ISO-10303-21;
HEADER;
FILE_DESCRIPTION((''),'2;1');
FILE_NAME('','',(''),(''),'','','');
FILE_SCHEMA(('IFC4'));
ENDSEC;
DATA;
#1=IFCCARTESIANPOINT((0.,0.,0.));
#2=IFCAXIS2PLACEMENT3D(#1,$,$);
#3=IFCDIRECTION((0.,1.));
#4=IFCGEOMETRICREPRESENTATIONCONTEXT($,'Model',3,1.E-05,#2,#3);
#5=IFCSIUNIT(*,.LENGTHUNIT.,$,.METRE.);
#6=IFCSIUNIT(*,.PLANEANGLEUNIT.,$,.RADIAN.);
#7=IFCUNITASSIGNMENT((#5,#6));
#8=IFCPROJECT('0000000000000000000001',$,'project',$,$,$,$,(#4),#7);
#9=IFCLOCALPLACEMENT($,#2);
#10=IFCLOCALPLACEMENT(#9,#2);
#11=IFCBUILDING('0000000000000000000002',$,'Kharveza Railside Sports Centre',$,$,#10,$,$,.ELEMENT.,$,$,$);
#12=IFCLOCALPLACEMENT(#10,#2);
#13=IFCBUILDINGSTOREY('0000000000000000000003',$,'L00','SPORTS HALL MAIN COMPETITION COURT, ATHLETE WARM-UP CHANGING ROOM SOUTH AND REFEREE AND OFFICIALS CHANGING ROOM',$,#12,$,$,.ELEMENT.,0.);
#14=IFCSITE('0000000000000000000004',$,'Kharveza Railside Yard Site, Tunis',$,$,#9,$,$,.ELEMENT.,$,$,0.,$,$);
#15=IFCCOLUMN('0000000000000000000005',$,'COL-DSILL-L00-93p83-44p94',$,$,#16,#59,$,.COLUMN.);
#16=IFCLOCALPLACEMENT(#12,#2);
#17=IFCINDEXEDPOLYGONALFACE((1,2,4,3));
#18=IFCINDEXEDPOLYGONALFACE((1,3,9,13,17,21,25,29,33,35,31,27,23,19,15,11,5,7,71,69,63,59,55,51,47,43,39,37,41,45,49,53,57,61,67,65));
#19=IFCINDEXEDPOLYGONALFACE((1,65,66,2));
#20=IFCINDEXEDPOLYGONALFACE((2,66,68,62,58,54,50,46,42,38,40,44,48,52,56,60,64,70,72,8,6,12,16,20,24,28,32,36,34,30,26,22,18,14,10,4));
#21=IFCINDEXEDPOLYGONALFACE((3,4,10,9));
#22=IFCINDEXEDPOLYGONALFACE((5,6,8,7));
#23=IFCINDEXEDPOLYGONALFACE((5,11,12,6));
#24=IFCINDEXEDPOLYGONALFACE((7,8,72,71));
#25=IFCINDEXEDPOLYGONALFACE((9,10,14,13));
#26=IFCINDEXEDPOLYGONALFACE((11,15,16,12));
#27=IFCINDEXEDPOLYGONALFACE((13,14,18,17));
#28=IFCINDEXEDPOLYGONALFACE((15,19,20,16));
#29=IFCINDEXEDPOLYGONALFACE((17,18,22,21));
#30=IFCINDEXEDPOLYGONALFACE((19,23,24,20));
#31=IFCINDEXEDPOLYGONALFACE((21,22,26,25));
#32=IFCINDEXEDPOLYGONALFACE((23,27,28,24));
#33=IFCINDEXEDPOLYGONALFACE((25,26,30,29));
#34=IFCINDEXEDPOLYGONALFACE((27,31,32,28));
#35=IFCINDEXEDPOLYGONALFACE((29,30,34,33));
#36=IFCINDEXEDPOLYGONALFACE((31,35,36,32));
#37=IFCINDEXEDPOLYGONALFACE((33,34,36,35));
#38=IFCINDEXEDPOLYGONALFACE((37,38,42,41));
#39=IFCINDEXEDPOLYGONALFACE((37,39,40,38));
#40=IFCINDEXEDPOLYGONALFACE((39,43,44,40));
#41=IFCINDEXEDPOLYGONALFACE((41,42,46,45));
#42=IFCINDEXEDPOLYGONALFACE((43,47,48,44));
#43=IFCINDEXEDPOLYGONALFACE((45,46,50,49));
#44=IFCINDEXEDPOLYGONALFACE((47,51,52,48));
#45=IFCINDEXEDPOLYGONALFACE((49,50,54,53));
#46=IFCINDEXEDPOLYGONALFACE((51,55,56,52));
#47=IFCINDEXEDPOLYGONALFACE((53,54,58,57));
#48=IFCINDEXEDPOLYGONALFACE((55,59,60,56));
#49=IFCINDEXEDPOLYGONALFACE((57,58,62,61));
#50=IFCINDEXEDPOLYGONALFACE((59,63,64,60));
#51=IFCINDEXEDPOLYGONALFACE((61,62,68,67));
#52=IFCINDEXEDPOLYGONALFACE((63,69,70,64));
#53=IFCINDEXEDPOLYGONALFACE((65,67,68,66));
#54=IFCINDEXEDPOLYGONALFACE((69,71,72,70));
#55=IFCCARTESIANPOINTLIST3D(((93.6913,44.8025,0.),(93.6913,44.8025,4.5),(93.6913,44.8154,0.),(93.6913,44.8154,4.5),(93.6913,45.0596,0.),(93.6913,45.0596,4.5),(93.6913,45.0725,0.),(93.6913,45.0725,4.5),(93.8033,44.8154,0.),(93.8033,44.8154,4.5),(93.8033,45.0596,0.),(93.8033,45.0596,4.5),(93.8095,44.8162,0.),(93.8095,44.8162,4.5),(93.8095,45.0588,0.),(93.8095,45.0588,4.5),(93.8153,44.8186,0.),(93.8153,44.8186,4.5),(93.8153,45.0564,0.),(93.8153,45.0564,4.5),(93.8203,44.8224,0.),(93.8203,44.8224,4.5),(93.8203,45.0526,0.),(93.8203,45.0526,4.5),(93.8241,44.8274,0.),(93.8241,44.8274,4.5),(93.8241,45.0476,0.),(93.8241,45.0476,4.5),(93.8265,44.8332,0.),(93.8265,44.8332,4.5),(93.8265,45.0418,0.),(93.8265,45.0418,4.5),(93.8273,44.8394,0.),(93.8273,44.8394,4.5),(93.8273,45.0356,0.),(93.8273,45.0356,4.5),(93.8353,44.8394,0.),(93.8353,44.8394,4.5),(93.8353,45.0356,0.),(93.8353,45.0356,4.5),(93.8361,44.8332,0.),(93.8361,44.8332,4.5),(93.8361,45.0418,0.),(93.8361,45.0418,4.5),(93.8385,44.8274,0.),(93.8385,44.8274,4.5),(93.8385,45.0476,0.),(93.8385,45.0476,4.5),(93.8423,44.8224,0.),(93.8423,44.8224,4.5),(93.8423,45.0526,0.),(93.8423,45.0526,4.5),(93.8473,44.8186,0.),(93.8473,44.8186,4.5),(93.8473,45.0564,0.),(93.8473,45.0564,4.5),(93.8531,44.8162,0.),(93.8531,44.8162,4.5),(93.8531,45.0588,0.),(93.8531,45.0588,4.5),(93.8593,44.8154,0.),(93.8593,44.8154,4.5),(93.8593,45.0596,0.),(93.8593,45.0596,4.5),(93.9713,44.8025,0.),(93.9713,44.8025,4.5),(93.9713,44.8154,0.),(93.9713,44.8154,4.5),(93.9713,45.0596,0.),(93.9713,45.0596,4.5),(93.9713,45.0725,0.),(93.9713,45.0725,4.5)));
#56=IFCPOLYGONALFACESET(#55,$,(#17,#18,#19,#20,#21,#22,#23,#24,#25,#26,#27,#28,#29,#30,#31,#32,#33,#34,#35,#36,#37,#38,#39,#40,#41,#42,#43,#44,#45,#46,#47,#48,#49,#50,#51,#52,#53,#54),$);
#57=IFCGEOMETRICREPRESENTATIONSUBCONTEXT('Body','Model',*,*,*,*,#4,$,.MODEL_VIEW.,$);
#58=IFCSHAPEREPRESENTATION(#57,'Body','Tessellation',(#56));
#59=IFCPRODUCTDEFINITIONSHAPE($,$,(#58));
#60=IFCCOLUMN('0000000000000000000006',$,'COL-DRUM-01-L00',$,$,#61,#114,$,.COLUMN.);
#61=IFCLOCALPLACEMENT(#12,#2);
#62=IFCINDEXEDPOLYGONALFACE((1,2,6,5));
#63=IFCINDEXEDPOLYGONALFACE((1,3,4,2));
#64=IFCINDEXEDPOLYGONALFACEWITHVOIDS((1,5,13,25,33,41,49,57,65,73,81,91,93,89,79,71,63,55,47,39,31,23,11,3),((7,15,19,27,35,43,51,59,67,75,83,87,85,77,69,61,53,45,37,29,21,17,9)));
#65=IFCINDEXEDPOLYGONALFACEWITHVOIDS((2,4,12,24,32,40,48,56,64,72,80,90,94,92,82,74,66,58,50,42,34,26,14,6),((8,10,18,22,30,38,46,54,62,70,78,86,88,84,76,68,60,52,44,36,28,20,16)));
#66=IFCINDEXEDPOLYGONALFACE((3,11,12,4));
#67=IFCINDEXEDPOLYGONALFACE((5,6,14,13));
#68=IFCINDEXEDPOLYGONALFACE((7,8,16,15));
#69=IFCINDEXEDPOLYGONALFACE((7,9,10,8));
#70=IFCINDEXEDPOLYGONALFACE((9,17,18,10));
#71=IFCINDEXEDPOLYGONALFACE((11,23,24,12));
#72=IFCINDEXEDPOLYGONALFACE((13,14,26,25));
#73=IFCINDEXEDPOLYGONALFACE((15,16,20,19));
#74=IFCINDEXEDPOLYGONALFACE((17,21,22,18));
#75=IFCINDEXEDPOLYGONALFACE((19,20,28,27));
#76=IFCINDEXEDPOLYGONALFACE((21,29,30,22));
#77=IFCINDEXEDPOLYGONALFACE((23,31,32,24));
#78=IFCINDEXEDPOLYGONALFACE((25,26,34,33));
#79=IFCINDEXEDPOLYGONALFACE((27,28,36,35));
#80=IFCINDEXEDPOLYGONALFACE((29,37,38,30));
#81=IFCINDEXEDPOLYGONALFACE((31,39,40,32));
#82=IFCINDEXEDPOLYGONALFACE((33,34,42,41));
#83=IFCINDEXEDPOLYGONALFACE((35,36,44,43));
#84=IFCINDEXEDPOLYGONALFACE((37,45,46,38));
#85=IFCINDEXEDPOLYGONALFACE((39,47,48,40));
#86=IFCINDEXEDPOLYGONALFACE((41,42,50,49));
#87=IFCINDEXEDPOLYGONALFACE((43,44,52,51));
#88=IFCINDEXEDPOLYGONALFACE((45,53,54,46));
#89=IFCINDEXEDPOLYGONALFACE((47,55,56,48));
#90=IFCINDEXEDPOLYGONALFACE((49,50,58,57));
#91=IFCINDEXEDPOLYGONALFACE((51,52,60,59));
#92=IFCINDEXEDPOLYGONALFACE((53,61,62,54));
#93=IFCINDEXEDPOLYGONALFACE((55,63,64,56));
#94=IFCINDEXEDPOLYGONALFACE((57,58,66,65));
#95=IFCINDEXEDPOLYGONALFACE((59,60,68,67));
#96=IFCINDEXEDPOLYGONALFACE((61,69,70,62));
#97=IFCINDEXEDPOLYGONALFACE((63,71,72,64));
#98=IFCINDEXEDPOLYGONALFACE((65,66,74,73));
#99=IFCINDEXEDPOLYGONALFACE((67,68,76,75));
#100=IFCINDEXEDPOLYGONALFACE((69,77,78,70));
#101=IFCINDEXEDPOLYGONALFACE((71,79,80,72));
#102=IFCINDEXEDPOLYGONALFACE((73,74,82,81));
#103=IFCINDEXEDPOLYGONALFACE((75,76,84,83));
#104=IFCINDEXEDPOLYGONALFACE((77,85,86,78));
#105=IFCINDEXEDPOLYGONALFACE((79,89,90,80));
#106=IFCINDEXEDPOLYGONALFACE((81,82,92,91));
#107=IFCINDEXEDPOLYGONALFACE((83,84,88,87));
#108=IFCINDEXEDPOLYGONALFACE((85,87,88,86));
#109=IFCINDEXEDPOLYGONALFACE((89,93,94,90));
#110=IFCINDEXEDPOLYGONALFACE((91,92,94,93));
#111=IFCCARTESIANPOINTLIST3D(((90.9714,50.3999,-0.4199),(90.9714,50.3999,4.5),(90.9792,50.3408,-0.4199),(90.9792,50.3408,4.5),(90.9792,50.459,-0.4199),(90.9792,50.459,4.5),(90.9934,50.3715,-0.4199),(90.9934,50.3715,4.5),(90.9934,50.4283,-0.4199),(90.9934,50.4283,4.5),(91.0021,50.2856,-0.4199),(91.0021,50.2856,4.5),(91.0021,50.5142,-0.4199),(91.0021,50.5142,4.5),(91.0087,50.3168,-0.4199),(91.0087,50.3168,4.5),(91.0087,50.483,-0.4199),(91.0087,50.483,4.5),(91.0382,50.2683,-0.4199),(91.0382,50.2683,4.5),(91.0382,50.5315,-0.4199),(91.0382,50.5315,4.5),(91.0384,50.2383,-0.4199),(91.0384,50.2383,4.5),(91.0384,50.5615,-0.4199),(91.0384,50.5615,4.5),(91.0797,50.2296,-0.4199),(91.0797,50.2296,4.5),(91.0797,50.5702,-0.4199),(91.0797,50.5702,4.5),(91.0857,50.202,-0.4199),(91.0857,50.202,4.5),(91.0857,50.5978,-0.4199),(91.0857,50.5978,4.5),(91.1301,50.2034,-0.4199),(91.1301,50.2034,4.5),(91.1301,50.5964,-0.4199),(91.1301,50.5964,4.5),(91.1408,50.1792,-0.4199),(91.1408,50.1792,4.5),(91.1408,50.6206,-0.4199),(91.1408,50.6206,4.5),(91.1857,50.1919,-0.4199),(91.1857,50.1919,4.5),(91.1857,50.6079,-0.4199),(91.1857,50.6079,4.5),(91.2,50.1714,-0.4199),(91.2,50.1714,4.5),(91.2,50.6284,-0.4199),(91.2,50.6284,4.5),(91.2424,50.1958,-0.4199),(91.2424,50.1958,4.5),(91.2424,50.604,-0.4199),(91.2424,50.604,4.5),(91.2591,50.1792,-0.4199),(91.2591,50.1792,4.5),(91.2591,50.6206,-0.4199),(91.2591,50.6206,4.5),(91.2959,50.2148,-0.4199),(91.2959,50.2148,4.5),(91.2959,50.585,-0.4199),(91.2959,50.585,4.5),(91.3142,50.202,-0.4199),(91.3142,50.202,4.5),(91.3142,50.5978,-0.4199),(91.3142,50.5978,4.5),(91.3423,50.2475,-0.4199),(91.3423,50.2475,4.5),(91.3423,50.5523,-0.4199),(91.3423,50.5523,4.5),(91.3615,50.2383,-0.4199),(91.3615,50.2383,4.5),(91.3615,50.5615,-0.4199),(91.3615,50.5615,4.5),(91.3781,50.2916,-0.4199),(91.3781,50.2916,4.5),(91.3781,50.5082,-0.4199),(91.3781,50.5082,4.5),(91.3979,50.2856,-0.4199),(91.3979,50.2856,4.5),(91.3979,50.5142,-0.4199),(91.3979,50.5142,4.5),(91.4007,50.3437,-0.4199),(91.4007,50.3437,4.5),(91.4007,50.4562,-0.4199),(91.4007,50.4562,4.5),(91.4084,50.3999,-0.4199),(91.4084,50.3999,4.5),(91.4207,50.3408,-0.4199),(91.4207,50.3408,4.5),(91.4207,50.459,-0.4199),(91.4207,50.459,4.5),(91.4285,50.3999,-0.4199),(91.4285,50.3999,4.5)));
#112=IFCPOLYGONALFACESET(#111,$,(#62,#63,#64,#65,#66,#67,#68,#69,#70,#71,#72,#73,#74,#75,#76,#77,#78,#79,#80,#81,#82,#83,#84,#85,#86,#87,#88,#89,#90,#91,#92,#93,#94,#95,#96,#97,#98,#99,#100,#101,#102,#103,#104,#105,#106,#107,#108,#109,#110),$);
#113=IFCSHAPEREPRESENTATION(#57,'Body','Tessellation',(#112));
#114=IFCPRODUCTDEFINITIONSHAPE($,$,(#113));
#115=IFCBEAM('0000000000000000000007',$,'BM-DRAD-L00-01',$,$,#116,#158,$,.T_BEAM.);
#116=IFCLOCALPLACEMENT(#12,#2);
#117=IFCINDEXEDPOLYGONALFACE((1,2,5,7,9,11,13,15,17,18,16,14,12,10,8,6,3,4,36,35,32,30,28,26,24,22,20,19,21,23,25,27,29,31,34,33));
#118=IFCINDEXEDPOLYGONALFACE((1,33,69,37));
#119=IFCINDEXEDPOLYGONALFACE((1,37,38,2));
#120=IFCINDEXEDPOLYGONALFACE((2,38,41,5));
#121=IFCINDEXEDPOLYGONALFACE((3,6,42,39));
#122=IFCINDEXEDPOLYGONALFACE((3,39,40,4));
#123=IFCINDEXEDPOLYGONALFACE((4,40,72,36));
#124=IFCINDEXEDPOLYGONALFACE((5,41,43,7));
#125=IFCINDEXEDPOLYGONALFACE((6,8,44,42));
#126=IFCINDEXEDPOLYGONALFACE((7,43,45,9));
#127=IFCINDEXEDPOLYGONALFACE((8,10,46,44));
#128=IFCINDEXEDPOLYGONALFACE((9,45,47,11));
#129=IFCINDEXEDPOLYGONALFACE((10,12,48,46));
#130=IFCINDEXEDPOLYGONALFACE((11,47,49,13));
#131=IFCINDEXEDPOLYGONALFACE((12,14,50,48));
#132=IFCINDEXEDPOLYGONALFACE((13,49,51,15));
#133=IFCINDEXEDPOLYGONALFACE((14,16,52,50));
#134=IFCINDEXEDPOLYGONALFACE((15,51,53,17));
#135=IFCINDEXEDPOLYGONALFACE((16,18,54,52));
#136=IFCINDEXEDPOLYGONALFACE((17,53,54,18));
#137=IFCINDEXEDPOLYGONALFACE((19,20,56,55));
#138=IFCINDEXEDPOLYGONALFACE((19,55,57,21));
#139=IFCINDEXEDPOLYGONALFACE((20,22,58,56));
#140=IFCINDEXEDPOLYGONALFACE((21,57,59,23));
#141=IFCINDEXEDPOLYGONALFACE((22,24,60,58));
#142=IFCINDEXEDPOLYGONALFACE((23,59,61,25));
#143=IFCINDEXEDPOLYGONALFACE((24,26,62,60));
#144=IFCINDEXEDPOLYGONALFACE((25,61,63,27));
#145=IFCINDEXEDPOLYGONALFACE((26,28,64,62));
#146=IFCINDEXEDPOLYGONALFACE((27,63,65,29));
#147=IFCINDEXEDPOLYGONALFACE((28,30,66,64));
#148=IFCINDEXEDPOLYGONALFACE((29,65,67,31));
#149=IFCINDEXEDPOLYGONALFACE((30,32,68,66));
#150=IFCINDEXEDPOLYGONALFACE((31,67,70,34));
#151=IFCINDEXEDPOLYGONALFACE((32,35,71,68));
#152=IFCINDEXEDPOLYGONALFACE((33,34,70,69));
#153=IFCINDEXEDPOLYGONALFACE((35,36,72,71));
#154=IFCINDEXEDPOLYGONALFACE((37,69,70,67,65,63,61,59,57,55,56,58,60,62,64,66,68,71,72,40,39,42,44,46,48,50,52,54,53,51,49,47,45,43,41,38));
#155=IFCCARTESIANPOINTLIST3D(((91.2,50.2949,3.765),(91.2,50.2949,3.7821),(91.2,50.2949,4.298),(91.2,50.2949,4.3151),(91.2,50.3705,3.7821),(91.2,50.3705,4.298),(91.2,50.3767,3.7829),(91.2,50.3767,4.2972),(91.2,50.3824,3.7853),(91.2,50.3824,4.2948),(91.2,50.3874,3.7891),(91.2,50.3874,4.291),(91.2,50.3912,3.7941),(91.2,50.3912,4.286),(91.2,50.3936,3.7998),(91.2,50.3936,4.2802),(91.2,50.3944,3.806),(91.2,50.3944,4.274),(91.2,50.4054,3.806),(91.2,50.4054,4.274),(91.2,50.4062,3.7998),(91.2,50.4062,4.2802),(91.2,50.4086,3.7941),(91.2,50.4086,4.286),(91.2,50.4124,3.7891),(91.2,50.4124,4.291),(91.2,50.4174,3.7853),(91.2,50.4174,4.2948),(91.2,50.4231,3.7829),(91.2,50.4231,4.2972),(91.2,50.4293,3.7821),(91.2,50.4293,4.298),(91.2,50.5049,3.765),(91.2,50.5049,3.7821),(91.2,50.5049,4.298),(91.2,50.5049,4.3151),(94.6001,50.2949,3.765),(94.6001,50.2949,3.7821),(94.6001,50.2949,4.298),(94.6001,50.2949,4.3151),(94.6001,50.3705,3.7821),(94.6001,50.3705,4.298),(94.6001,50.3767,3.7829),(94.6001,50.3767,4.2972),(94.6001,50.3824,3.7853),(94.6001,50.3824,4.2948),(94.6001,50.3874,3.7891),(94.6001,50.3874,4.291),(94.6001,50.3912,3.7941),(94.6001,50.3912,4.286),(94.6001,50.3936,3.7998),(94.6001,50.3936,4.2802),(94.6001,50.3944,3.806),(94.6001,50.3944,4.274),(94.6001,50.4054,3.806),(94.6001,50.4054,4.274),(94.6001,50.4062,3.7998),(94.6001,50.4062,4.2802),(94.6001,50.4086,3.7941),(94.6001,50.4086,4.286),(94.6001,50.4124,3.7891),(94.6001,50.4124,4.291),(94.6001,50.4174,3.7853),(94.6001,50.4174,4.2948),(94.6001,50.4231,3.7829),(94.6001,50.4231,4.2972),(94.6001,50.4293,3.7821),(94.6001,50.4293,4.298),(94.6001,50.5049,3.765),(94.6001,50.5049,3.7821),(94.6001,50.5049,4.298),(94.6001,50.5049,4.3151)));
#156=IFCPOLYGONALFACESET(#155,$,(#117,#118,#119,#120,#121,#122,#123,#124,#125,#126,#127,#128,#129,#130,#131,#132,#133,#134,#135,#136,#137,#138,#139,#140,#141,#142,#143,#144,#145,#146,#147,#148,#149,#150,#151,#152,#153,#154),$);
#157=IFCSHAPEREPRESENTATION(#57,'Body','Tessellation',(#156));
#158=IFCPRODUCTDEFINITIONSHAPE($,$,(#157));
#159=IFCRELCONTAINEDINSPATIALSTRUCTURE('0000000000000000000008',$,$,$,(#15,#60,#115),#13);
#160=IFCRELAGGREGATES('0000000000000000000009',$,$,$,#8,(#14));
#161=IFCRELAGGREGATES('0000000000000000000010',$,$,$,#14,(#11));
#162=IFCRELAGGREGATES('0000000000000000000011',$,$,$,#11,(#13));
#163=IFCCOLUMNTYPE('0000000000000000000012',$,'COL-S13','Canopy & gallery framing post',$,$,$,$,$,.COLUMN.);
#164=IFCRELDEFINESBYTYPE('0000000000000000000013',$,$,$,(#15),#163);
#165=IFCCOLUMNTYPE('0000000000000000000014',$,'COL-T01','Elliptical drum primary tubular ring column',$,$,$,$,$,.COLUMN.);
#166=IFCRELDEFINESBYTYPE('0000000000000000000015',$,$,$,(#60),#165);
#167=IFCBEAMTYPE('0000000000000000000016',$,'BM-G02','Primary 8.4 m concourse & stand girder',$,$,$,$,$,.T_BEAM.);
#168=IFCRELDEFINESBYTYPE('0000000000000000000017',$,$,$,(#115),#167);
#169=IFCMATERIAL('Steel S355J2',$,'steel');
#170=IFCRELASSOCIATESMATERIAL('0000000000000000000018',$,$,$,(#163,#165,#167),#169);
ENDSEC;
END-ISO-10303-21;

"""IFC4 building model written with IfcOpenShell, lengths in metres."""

from ifc_helpers import new_model, si_unit, direction, frame, origin, origin_2d, place, context, subcontext, project, spatial, hollow_circle, i_section, extrude, material, material_profile, profile_set, type_object, element, save


model = new_model("IFC4")

# Units and contexts
model_context = context("Model", 3, precision=1e-05, world=origin(), true_north=direction((0.0, 1.0)))
body_context = subcontext(model_context, "Body", "Model", "MODEL_VIEW")
ifc_project = project(units=[si_unit("LENGTHUNIT", "METRE"), si_unit("PLANEANGLEUNIT", "RADIAN")], contexts=[model_context])

# Site, building, storey
site_placement = place(None, origin())
site = spatial("IfcSite", under=ifc_project, at=site_placement, Name="Kharveza Railside Yard Site, Tunis", CompositionType="ELEMENT", RefElevation=0.0)
building_placement = place(site_placement, origin())
building = spatial("IfcBuilding", under=site, at=building_placement, Name="Kharveza Railside Sports Centre", CompositionType="ELEMENT")
storey_placement = place(building_placement, origin())
storey = spatial("IfcBuildingStorey", under=building, at=storey_placement, Name="L00", Description="SPORTS HALL MAIN COMPETITION COURT, ATHLETE WARM-UP CHANGING ROOM SOUTH AND REFEREE AND OFFICIALS CHANGING ROOM", CompositionType="ELEMENT", Elevation=0.0)

# Columns
ifc_material_1 = material(Name="Steel S355J2", Category="steel")
ifc_material_profile_1 = material_profile(ifc_material_1, i_section(OverallWidth=0.28, OverallDepth=0.27, WebThickness=0.0081, FlangeThickness=0.0129, FilletRadius=0.0239, at=origin_2d()), Name="HEA 280")
ifc_profile_set_1 = profile_set([ifc_material_profile_1], Name="Steel S355J2")
column_type_1 = type_object("IfcColumnType", Name="COL-S13", Description="Canopy & gallery framing post", PredefinedType="COLUMN", material=ifc_profile_set_1)
column_1_placement = place(storey_placement, frame((93.8313, 44.9375, 0.0), z_axis=(0.0, 0.0, 1.0), x_axis=(1.0, 0.0, 0.0)))
element("IfcColumn", 1, at=column_1_placement, inside=storey, type_object=column_type_1, Name="COL-DSILL-L00-93p83-44p94", PredefinedType="COLUMN", context=body_context, shape_type="SweptSolid", body=[
    extrude(i_section(OverallWidth=0.28, OverallDepth=0.27, WebThickness=0.0081, FlangeThickness=0.0129, FilletRadius=0.0239, at=origin_2d()), origin(), (0.0, 0.0, 1.0), 4.5),
])
ifc_material_profile_2 = material_profile(ifc_material_1, hollow_circle(Radius=0.2285, WallThickness=0.02, at=origin_2d()), Name="CHS 457.0x20.0")
ifc_profile_set_2 = profile_set([ifc_material_profile_2], Name="Steel S355J2")
column_type_2 = type_object("IfcColumnType", Name="COL-T01", Description="Elliptical drum primary tubular ring column", PredefinedType="COLUMN", material=ifc_profile_set_2)
column_2_placement = place(storey_placement, frame((91.2, 50.3999, -0.4199), z_axis=(0.0, 0.0, 1.0), x_axis=(1.0, 0.0, 0.0)))
element("IfcColumn", 2, at=column_2_placement, inside=storey, type_object=column_type_2, Name="COL-DRUM-01-L00", PredefinedType="COLUMN", context=body_context, shape_type="SweptSolid", body=[
    extrude(hollow_circle(Radius=0.2285, WallThickness=0.02, at=origin_2d()), origin(), (0.0, 0.0, 1.0), 4.9199),
])

# Beam
ifc_material_profile_3 = material_profile(ifc_material_1, i_section(OverallWidth=0.21, OverallDepth=0.55, WebThickness=0.011, FlangeThickness=0.0171, FilletRadius=0.0239, at=origin_2d()), Name="IPE 550")
ifc_profile_set_3 = profile_set([ifc_material_profile_3], Name="Steel S355J2")
beam_type_1 = type_object("IfcBeamType", Name="BM-G02", Description="Primary 8.4 m concourse & stand girder", PredefinedType="T_BEAM", material=ifc_profile_set_3)
beam_1_placement = place(storey_placement, frame((91.2, 50.3999, 4.04), z_axis=(1.0, 0.0, 0.0), x_axis=(0.0, 1.0, 0.0)))
element("IfcBeam", 3, at=beam_1_placement, inside=storey, type_object=beam_type_1, Name="BM-DRAD-L00-01", PredefinedType="T_BEAM", context=body_context, shape_type="SweptSolid", body=[
    extrude(i_section(OverallWidth=0.21, OverallDepth=0.55, WebThickness=0.011, FlangeThickness=0.0171, FilletRadius=0.0239, at=origin_2d()), origin(), (0.0, 0.0, 1.0), 3.4001),
])

save(model, "model.ifc")
